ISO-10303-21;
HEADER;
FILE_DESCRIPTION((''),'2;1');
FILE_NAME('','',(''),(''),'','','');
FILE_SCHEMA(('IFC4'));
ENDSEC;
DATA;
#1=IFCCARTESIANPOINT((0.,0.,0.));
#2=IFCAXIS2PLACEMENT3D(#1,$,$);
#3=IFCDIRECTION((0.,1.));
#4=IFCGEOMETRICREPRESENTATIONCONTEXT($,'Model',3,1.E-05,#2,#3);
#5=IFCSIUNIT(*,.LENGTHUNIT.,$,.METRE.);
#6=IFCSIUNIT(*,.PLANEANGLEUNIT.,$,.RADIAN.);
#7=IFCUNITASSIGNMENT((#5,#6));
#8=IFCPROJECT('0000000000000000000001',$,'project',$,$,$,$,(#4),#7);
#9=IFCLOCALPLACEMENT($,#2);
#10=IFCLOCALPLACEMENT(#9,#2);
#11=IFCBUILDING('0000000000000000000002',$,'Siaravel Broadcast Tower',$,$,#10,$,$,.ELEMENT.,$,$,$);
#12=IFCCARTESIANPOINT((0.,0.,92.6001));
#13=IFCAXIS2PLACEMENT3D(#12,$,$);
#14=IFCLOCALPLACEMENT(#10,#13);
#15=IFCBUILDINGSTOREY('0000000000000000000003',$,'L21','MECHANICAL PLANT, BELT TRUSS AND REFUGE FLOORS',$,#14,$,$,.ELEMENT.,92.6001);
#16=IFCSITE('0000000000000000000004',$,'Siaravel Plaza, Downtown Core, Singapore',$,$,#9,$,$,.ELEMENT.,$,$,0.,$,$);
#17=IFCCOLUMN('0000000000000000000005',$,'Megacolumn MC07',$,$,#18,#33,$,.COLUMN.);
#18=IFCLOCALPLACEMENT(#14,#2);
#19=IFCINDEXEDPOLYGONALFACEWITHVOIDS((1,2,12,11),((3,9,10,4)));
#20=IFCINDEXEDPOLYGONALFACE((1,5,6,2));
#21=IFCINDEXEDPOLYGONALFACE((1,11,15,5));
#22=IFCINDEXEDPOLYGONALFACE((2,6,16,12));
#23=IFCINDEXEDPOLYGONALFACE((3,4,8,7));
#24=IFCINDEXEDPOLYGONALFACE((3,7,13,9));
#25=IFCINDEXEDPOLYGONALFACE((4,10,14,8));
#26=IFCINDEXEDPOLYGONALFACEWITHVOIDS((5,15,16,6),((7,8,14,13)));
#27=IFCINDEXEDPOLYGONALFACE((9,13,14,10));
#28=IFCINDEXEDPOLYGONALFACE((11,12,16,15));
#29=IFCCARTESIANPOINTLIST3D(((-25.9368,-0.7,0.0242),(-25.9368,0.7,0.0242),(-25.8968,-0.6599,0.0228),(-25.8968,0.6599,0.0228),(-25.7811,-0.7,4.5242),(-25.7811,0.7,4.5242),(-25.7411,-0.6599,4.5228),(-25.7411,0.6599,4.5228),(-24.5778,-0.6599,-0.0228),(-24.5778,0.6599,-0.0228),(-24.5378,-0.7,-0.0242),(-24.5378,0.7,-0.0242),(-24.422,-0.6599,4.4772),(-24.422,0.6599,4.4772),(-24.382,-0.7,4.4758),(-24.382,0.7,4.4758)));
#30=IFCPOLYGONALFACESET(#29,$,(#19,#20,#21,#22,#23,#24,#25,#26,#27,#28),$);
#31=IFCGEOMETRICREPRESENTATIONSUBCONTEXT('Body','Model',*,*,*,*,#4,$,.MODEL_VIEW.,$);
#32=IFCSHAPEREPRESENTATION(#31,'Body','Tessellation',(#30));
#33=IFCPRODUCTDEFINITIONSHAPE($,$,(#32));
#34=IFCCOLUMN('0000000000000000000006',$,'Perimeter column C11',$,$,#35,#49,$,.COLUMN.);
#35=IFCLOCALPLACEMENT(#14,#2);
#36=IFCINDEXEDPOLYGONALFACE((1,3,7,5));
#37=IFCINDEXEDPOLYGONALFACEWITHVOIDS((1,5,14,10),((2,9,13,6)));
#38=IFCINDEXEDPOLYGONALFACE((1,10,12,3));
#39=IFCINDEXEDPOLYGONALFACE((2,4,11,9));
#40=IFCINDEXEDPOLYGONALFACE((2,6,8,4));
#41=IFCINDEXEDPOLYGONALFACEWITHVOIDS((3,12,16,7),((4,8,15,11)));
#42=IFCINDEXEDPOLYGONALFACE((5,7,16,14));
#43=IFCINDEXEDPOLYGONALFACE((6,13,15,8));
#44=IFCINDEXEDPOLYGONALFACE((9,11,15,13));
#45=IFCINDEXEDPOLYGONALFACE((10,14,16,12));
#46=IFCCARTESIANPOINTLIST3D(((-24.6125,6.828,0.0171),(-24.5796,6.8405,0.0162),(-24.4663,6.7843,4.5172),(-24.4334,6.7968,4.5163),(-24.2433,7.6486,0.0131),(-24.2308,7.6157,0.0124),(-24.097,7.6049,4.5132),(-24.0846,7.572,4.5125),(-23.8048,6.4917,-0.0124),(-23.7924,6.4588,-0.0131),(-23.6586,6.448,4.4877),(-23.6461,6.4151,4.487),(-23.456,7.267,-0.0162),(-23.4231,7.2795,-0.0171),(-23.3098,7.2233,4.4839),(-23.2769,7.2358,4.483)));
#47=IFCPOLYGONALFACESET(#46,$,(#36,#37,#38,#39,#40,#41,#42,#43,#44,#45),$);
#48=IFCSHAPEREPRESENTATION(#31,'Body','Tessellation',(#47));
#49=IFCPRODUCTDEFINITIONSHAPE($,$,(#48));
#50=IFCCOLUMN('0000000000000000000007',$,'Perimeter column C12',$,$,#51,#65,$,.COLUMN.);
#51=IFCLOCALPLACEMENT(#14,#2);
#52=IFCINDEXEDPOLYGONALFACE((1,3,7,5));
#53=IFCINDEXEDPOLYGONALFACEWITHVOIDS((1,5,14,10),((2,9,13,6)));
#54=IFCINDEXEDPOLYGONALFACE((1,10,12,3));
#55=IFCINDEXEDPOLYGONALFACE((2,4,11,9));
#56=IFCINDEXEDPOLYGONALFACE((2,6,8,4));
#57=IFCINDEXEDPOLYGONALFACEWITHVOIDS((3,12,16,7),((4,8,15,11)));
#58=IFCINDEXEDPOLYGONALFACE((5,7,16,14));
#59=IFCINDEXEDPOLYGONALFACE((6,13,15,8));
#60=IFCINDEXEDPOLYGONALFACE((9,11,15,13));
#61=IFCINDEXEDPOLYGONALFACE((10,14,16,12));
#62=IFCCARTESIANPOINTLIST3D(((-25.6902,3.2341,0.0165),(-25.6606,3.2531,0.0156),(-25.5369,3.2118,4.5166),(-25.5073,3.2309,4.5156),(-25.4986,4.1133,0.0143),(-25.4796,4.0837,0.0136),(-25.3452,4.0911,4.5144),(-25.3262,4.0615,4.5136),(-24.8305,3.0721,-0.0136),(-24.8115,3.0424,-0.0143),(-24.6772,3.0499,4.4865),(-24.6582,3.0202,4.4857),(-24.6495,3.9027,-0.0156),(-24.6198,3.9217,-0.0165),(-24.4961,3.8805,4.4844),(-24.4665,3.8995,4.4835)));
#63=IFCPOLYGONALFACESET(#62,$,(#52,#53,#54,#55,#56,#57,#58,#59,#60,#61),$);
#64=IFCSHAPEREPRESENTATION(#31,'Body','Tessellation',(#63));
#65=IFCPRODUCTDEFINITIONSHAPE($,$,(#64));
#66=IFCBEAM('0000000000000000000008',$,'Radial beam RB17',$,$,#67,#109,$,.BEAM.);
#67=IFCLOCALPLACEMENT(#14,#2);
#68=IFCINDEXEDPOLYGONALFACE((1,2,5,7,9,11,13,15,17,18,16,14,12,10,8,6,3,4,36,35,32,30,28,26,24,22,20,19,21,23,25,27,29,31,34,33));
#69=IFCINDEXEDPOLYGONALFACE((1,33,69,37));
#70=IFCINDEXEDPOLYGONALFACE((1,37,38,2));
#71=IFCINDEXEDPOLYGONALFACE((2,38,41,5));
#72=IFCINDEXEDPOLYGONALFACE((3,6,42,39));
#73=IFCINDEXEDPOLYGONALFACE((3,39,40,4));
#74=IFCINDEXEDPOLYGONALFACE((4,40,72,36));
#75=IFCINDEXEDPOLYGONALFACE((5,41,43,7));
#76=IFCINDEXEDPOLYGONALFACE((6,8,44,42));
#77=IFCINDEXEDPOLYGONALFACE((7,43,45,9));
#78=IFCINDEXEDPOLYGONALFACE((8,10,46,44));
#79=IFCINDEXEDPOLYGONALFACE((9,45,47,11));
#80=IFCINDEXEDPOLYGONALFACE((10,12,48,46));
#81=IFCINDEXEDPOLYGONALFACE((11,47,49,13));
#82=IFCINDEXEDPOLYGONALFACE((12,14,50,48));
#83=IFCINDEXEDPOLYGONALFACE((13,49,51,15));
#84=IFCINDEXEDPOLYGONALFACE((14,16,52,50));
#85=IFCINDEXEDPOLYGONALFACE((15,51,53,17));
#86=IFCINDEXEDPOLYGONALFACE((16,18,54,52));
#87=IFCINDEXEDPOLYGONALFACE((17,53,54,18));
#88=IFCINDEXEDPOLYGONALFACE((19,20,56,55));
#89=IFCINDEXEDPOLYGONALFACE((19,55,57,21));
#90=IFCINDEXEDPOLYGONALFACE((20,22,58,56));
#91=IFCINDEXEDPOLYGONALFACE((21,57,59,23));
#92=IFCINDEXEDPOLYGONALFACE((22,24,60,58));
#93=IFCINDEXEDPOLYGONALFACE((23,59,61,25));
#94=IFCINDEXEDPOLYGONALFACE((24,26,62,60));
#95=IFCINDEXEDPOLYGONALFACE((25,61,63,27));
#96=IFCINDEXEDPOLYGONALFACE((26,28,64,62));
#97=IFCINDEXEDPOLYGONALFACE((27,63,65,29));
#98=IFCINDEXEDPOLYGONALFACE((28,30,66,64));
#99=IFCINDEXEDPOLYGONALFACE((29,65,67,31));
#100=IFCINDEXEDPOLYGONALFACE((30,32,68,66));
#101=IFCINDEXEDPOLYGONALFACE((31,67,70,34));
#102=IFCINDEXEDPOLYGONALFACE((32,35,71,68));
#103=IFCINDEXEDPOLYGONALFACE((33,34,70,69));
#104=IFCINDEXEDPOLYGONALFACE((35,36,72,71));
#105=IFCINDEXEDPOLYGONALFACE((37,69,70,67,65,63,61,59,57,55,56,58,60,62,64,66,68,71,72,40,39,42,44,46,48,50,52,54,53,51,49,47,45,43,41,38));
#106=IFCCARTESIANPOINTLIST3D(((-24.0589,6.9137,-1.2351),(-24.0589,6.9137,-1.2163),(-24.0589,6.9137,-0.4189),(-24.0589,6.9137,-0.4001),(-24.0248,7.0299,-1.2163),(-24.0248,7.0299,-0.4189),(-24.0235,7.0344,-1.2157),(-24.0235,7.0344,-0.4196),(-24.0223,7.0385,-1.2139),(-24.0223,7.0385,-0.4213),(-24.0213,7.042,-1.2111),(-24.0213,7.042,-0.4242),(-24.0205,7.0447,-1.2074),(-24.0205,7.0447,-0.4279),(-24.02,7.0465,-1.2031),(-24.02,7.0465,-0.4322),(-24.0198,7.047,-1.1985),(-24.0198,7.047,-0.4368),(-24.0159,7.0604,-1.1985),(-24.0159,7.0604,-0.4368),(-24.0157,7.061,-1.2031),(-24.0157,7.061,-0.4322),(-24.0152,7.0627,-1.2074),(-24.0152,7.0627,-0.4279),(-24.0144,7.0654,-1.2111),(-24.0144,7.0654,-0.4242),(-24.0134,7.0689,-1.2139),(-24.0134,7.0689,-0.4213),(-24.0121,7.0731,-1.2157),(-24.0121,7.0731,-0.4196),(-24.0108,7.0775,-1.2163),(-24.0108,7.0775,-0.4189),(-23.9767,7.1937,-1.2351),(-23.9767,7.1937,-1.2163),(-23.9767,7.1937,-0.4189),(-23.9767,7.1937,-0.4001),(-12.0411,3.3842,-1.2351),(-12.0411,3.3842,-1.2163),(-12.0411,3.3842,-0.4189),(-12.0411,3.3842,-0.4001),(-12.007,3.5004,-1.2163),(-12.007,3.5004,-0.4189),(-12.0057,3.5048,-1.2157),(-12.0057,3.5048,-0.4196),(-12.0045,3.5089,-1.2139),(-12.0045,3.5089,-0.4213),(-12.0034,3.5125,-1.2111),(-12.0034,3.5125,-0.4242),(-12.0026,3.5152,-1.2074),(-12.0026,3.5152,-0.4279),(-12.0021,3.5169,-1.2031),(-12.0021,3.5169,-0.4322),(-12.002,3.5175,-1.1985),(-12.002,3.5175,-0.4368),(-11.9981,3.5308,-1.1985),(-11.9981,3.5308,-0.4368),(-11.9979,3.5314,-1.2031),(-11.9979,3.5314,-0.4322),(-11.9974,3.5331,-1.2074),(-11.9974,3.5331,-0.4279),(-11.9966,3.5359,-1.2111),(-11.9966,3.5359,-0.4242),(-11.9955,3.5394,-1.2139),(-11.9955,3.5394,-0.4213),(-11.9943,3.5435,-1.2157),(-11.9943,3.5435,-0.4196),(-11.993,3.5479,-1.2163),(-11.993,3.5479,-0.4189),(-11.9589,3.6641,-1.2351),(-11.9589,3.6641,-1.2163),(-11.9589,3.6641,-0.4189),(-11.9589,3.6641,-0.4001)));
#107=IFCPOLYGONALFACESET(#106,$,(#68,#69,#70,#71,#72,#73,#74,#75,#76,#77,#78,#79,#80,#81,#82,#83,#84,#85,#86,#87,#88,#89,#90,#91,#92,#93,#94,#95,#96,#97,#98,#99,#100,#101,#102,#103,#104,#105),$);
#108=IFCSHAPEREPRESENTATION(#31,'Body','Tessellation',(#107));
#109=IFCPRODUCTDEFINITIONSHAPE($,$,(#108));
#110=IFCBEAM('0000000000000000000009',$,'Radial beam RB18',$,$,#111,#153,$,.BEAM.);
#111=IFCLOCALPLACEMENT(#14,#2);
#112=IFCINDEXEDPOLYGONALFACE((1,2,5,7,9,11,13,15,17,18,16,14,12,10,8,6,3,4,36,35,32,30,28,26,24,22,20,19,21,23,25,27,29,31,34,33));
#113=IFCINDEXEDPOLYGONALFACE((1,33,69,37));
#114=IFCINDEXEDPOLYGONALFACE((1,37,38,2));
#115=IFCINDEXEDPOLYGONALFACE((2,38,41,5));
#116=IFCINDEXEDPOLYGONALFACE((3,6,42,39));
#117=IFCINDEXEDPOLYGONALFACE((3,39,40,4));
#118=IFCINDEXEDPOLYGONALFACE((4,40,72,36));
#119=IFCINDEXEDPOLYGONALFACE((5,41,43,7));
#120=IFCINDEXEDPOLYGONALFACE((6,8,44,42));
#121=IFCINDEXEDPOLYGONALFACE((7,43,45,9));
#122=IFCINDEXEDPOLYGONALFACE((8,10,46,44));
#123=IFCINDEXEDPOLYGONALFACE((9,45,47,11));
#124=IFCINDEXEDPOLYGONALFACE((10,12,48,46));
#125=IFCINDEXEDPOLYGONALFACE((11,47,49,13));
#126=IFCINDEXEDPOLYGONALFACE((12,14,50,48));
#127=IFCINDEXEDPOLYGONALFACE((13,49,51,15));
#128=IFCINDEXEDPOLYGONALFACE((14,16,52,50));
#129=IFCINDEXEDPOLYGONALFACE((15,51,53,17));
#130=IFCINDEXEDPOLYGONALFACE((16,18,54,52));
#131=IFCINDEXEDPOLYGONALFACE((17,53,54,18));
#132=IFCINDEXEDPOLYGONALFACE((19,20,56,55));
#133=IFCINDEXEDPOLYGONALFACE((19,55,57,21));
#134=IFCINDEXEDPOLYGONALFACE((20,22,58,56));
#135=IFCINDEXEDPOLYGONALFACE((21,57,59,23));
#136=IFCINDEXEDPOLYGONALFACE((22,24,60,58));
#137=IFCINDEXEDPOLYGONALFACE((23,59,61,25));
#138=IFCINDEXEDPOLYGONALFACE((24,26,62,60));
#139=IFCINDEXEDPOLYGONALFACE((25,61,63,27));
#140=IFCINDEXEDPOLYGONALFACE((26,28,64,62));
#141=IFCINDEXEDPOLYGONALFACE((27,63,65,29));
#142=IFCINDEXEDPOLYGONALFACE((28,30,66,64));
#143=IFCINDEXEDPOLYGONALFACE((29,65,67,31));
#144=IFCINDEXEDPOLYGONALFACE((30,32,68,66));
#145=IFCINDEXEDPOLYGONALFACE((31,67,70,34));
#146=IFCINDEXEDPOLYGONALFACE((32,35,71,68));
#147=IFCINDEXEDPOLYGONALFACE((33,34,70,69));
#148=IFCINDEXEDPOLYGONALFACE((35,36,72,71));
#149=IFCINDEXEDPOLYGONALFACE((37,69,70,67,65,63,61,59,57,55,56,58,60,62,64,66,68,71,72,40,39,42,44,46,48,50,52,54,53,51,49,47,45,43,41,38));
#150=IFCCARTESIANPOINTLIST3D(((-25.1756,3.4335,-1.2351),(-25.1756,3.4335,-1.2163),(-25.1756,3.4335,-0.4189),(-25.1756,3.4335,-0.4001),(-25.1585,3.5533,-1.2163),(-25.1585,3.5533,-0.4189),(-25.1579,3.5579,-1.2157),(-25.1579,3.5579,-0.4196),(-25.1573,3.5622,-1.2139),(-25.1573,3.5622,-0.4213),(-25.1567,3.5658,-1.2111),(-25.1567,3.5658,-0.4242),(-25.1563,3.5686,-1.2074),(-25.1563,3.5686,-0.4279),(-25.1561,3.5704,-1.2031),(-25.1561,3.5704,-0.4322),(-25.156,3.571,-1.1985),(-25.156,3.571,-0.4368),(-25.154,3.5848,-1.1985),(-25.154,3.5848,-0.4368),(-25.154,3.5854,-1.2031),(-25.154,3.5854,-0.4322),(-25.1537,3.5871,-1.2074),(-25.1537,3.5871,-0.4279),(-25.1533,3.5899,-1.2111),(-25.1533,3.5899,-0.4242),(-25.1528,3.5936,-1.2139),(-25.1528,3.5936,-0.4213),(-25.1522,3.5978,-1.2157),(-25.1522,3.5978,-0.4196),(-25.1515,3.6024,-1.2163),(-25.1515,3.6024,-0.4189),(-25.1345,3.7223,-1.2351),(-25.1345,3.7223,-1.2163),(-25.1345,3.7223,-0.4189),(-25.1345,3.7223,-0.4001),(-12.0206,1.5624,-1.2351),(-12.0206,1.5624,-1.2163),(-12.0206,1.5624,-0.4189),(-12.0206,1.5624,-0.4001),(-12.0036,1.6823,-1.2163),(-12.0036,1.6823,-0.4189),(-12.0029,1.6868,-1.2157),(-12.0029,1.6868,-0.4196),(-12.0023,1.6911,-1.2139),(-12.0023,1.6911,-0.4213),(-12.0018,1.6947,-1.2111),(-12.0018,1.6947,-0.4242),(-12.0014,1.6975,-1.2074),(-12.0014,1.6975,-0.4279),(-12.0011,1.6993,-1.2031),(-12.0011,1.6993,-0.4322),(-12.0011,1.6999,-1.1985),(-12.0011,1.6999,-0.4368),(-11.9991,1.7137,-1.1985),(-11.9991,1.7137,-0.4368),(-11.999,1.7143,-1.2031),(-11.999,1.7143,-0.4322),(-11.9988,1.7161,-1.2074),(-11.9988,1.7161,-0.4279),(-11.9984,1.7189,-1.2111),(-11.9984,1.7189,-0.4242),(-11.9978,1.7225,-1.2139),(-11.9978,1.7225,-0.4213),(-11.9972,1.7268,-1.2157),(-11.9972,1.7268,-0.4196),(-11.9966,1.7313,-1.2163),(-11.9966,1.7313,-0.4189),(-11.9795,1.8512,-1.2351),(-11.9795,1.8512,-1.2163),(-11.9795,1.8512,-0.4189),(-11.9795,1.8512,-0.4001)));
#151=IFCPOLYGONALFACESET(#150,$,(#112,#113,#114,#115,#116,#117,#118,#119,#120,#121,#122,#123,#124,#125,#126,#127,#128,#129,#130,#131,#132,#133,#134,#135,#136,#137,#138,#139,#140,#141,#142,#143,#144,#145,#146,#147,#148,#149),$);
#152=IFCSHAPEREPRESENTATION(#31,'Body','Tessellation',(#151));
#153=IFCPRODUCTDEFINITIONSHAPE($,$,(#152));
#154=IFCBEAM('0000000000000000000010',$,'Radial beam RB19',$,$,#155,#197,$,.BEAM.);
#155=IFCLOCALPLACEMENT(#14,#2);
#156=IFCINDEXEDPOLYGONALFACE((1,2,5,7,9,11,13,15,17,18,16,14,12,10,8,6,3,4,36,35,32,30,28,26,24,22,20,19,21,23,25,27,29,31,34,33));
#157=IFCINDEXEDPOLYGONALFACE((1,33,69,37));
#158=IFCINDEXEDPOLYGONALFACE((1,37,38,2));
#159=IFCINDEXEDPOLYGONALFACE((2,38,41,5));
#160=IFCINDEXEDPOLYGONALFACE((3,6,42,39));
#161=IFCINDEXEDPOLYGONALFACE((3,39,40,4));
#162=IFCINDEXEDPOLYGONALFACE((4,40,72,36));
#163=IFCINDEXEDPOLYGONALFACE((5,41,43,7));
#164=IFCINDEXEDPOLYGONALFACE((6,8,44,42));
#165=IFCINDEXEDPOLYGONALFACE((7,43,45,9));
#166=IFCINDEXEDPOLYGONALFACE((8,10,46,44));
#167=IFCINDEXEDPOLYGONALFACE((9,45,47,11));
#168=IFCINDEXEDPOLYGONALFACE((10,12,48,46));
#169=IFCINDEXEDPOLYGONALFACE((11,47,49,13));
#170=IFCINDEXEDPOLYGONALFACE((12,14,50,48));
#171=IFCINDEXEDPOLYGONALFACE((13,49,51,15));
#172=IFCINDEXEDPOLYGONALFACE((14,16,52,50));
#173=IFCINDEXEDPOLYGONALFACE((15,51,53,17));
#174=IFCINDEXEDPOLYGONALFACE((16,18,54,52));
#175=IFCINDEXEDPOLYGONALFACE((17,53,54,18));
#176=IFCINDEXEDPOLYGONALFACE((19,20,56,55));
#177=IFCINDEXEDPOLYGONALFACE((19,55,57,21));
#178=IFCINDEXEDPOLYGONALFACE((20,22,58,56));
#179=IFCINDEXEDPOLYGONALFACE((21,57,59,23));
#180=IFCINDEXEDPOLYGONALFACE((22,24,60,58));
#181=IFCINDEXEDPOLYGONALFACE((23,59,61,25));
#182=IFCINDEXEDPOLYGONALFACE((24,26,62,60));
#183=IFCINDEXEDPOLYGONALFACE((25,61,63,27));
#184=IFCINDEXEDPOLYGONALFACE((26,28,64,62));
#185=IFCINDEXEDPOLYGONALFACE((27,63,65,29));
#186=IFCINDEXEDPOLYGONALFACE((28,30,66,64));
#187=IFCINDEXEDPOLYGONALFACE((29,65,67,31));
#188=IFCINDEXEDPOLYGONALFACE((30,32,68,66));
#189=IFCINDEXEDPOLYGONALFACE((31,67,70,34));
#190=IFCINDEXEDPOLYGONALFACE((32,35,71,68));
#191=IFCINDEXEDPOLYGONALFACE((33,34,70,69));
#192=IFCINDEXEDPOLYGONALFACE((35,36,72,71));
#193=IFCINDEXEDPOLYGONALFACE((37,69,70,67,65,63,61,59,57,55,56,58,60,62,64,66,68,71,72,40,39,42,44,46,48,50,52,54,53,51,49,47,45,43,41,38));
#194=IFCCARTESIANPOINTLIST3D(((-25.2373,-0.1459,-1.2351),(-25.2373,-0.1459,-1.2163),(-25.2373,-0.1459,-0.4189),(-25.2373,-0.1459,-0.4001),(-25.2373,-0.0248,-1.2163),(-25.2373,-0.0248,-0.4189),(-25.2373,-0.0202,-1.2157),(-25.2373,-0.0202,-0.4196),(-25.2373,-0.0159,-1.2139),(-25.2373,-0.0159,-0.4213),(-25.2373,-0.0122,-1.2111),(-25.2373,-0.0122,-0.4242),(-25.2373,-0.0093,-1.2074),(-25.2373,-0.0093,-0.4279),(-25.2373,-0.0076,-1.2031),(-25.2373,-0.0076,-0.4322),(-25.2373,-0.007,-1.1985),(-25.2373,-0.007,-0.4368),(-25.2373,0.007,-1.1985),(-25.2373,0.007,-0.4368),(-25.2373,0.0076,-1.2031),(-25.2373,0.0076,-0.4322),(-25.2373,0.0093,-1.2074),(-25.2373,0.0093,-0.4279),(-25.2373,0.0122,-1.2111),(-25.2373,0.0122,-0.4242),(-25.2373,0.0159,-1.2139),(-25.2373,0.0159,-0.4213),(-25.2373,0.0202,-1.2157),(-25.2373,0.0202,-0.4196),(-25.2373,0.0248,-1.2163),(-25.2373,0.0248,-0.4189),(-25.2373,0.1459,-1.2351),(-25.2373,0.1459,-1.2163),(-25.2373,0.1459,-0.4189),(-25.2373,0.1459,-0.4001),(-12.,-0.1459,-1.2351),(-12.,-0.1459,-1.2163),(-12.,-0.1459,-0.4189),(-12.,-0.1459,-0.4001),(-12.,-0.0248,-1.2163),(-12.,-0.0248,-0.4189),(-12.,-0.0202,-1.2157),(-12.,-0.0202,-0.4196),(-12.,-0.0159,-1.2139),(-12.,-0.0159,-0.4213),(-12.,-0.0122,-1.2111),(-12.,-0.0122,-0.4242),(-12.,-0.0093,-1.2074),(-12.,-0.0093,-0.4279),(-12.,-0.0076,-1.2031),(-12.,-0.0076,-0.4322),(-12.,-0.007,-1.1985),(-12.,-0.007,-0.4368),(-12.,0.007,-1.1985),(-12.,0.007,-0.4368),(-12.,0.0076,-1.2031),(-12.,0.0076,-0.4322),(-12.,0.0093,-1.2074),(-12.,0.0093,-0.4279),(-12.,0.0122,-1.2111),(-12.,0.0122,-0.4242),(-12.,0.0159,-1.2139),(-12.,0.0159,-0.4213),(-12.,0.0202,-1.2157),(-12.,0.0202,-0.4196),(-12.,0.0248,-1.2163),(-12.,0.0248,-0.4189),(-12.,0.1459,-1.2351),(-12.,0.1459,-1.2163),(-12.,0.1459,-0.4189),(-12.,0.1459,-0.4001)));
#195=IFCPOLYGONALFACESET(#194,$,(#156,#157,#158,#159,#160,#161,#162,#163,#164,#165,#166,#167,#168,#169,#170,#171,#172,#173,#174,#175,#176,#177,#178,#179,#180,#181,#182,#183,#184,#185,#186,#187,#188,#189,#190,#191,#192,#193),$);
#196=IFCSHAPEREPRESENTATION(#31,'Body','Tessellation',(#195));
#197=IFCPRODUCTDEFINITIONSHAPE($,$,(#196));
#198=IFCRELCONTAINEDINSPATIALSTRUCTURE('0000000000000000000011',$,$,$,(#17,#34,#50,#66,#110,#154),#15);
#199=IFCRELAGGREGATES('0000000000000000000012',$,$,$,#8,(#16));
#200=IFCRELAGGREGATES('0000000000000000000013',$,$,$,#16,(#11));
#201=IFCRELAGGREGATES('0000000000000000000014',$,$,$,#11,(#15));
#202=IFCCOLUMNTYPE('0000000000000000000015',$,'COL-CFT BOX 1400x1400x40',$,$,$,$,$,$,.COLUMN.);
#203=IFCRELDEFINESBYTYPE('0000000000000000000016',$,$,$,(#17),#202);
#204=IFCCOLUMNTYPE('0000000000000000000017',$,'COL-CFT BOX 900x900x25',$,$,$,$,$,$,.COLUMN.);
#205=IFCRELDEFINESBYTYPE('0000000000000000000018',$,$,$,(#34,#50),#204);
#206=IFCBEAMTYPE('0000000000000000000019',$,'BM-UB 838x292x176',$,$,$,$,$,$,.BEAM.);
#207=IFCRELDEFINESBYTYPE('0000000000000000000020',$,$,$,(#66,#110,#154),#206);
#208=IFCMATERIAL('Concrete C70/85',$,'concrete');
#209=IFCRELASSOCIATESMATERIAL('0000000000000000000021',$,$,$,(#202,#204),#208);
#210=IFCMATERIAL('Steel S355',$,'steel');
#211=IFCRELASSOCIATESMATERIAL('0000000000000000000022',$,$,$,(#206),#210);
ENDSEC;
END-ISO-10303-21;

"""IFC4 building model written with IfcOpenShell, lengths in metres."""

from ifc_helpers import new_model, si_unit, direction, frame, origin, origin_2d, place, context, subcontext, project, spatial, hollow_rectangle, i_section, extrude, material, material_profile, profile_set, type_object, element, save


model = new_model("IFC4")

# Units and contexts
model_context = context("Model", 3, precision=1e-05, world=origin(), true_north=direction((0.0, 1.0)))
body_context = subcontext(model_context, "Body", "Model", "MODEL_VIEW")
ifc_project = project(units=[si_unit("LENGTHUNIT", "METRE"), si_unit("PLANEANGLEUNIT", "RADIAN")], contexts=[model_context])

# Site, building, storey
site_placement = place(None, origin())
site = spatial("IfcSite", under=ifc_project, at=site_placement, Name="Siaravel Plaza, Downtown Core, Singapore", CompositionType="ELEMENT", RefElevation=0.0)
building_placement = place(site_placement, origin())
building = spatial("IfcBuilding", under=site, at=building_placement, Name="Siaravel Broadcast Tower", CompositionType="ELEMENT")
storey_placement = place(building_placement, frame((0.0, 0.0, 92.6001)))
storey = spatial("IfcBuildingStorey", under=building, at=storey_placement, Name="L21", Description="MECHANICAL PLANT, BELT TRUSS AND REFUGE FLOORS", CompositionType="ELEMENT", Elevation=92.6001)

# Columns
ifc_material_1 = material(Name="Concrete C70/85", Category="concrete")
ifc_material_profile_1 = material_profile(ifc_material_1, hollow_rectangle(XDim=1.3999, YDim=1.3999, WallThickness=0.04, at=origin_2d()))
ifc_profile_set_1 = profile_set([ifc_material_profile_1], Name="Concrete C70/85")
column_type_1 = type_object("IfcColumnType", Name="COL-CFT BOX 1400x1400x40", PredefinedType="COLUMN", material=ifc_profile_set_1)
column_placement = place(storey_placement, frame((-25.2373, 0.0, 0.0), z_axis=(0.034593, 0.0, 0.999401), x_axis=(0.0, 1.0, 0.0)))
element("IfcColumn", 1, at=column_placement, inside=storey, type_object=column_type_1, Name="Megacolumn MC07", PredefinedType="COLUMN", context=body_context, shape_type="SweptSolid", body=[
    extrude(hollow_rectangle(XDim=1.3999, YDim=1.3999, WallThickness=0.04, at=origin_2d()), origin(), (0.0, 0.0, 1.0), 4.5027),
])
ifc_material_profile_2 = material_profile(ifc_material_1, hollow_rectangle(XDim=0.8999, YDim=0.8999, WallThickness=0.0249, at=origin_2d()))
ifc_profile_set_2 = profile_set([ifc_material_profile_2], Name="Concrete C70/85")
column_type_2 = type_object("IfcColumnType", Name="COL-CFT BOX 900x900x25", PredefinedType="COLUMN", material=ifc_profile_set_2)
for number, where, z_axis, x_axis, name in (
    (2, (-24.0178, 7.0537, 0.0), (0.032479, -0.009706, 0.999425), (0.410309, 0.911936, -0.004478), "Perimeter column C11"),
    (3, (-25.155, 3.5779, 0.0), (0.034051, -0.004934, 0.999408), (0.212972, 0.977055, -0.002432), "Perimeter column C12"),
):
    element("IfcColumn", number, at=place(storey_placement, frame(where, z_axis=z_axis, x_axis=x_axis)), inside=storey, type_object=column_type_2, Name=name, PredefinedType="COLUMN", context=body_context, shape_type="SweptSolid", body=[
        extrude(hollow_rectangle(XDim=0.8999, YDim=0.8999, WallThickness=0.0249, at=origin_2d()), origin(), (0.0, 0.0, 1.0), 4.5027),
    ])

# Beams
ifc_material_2 = material(Name="Steel S355", Category="steel")
ifc_material_profile_3 = material_profile(ifc_material_2, i_section(OverallWidth=0.2917, OverallDepth=0.835, WebThickness=0.0139, FlangeThickness=0.0188, FilletRadius=0.0178, at=origin_2d()))
ifc_profile_set_3 = profile_set([ifc_material_profile_3], Name="Steel S355")
beam_type_1 = type_object("IfcBeamType", Name="BM-UB 838x292x176", PredefinedType="BEAM", material=ifc_profile_set_3)
beam_1_placement = place(storey_placement, frame((-24.0178, 7.0537, -0.8176), z_axis=(0.959476, -0.281791, 0.0), x_axis=(0.281791, 0.959476, 0.0)))
element("IfcBeam", 4, at=beam_1_placement, inside=storey, type_object=beam_type_1, Name="Radial beam RB17", PredefinedType="BEAM", context=body_context, shape_type="SweptSolid", body=[
    extrude(i_section(OverallWidth=0.2917, OverallDepth=0.835, WebThickness=0.0139, FlangeThickness=0.0188, FilletRadius=0.0178, at=origin_2d()), origin(), (0.0, 0.0, 1.0), 12.5254),
])
beam_2_placement = place(storey_placement, frame((-25.155, 3.5779, -0.8176), z_axis=(0.990036, -0.140817, 0.0), x_axis=(0.140817, 0.990036, 0.0)))
element("IfcBeam", 5, at=beam_2_placement, inside=storey, type_object=beam_type_1, Name="Radial beam RB18", PredefinedType="BEAM", context=body_context, shape_type="SweptSolid", body=[
    extrude(i_section(OverallWidth=0.2917, OverallDepth=0.835, WebThickness=0.0139, FlangeThickness=0.0188, FilletRadius=0.0178, at=origin_2d()), origin(), (0.0, 0.0, 1.0), 13.2874),
])
beam_3_placement = place(storey_placement, frame((-25.2373, 0.0, -0.8176), z_axis=(1.0, 0.0, 0.0), x_axis=(0.0, 1.0, 0.0)))
element("IfcBeam", 6, at=beam_3_placement, inside=storey, type_object=beam_type_1, Name="Radial beam RB19", PredefinedType="BEAM", context=body_context, shape_type="SweptSolid", body=[
    extrude(i_section(OverallWidth=0.2917, OverallDepth=0.835, WebThickness=0.0139, FlangeThickness=0.0188, FilletRadius=0.0178, at=origin_2d()), origin(), (0.0, 0.0, 1.0), 13.2373),
])

save(model, "model.ifc")
